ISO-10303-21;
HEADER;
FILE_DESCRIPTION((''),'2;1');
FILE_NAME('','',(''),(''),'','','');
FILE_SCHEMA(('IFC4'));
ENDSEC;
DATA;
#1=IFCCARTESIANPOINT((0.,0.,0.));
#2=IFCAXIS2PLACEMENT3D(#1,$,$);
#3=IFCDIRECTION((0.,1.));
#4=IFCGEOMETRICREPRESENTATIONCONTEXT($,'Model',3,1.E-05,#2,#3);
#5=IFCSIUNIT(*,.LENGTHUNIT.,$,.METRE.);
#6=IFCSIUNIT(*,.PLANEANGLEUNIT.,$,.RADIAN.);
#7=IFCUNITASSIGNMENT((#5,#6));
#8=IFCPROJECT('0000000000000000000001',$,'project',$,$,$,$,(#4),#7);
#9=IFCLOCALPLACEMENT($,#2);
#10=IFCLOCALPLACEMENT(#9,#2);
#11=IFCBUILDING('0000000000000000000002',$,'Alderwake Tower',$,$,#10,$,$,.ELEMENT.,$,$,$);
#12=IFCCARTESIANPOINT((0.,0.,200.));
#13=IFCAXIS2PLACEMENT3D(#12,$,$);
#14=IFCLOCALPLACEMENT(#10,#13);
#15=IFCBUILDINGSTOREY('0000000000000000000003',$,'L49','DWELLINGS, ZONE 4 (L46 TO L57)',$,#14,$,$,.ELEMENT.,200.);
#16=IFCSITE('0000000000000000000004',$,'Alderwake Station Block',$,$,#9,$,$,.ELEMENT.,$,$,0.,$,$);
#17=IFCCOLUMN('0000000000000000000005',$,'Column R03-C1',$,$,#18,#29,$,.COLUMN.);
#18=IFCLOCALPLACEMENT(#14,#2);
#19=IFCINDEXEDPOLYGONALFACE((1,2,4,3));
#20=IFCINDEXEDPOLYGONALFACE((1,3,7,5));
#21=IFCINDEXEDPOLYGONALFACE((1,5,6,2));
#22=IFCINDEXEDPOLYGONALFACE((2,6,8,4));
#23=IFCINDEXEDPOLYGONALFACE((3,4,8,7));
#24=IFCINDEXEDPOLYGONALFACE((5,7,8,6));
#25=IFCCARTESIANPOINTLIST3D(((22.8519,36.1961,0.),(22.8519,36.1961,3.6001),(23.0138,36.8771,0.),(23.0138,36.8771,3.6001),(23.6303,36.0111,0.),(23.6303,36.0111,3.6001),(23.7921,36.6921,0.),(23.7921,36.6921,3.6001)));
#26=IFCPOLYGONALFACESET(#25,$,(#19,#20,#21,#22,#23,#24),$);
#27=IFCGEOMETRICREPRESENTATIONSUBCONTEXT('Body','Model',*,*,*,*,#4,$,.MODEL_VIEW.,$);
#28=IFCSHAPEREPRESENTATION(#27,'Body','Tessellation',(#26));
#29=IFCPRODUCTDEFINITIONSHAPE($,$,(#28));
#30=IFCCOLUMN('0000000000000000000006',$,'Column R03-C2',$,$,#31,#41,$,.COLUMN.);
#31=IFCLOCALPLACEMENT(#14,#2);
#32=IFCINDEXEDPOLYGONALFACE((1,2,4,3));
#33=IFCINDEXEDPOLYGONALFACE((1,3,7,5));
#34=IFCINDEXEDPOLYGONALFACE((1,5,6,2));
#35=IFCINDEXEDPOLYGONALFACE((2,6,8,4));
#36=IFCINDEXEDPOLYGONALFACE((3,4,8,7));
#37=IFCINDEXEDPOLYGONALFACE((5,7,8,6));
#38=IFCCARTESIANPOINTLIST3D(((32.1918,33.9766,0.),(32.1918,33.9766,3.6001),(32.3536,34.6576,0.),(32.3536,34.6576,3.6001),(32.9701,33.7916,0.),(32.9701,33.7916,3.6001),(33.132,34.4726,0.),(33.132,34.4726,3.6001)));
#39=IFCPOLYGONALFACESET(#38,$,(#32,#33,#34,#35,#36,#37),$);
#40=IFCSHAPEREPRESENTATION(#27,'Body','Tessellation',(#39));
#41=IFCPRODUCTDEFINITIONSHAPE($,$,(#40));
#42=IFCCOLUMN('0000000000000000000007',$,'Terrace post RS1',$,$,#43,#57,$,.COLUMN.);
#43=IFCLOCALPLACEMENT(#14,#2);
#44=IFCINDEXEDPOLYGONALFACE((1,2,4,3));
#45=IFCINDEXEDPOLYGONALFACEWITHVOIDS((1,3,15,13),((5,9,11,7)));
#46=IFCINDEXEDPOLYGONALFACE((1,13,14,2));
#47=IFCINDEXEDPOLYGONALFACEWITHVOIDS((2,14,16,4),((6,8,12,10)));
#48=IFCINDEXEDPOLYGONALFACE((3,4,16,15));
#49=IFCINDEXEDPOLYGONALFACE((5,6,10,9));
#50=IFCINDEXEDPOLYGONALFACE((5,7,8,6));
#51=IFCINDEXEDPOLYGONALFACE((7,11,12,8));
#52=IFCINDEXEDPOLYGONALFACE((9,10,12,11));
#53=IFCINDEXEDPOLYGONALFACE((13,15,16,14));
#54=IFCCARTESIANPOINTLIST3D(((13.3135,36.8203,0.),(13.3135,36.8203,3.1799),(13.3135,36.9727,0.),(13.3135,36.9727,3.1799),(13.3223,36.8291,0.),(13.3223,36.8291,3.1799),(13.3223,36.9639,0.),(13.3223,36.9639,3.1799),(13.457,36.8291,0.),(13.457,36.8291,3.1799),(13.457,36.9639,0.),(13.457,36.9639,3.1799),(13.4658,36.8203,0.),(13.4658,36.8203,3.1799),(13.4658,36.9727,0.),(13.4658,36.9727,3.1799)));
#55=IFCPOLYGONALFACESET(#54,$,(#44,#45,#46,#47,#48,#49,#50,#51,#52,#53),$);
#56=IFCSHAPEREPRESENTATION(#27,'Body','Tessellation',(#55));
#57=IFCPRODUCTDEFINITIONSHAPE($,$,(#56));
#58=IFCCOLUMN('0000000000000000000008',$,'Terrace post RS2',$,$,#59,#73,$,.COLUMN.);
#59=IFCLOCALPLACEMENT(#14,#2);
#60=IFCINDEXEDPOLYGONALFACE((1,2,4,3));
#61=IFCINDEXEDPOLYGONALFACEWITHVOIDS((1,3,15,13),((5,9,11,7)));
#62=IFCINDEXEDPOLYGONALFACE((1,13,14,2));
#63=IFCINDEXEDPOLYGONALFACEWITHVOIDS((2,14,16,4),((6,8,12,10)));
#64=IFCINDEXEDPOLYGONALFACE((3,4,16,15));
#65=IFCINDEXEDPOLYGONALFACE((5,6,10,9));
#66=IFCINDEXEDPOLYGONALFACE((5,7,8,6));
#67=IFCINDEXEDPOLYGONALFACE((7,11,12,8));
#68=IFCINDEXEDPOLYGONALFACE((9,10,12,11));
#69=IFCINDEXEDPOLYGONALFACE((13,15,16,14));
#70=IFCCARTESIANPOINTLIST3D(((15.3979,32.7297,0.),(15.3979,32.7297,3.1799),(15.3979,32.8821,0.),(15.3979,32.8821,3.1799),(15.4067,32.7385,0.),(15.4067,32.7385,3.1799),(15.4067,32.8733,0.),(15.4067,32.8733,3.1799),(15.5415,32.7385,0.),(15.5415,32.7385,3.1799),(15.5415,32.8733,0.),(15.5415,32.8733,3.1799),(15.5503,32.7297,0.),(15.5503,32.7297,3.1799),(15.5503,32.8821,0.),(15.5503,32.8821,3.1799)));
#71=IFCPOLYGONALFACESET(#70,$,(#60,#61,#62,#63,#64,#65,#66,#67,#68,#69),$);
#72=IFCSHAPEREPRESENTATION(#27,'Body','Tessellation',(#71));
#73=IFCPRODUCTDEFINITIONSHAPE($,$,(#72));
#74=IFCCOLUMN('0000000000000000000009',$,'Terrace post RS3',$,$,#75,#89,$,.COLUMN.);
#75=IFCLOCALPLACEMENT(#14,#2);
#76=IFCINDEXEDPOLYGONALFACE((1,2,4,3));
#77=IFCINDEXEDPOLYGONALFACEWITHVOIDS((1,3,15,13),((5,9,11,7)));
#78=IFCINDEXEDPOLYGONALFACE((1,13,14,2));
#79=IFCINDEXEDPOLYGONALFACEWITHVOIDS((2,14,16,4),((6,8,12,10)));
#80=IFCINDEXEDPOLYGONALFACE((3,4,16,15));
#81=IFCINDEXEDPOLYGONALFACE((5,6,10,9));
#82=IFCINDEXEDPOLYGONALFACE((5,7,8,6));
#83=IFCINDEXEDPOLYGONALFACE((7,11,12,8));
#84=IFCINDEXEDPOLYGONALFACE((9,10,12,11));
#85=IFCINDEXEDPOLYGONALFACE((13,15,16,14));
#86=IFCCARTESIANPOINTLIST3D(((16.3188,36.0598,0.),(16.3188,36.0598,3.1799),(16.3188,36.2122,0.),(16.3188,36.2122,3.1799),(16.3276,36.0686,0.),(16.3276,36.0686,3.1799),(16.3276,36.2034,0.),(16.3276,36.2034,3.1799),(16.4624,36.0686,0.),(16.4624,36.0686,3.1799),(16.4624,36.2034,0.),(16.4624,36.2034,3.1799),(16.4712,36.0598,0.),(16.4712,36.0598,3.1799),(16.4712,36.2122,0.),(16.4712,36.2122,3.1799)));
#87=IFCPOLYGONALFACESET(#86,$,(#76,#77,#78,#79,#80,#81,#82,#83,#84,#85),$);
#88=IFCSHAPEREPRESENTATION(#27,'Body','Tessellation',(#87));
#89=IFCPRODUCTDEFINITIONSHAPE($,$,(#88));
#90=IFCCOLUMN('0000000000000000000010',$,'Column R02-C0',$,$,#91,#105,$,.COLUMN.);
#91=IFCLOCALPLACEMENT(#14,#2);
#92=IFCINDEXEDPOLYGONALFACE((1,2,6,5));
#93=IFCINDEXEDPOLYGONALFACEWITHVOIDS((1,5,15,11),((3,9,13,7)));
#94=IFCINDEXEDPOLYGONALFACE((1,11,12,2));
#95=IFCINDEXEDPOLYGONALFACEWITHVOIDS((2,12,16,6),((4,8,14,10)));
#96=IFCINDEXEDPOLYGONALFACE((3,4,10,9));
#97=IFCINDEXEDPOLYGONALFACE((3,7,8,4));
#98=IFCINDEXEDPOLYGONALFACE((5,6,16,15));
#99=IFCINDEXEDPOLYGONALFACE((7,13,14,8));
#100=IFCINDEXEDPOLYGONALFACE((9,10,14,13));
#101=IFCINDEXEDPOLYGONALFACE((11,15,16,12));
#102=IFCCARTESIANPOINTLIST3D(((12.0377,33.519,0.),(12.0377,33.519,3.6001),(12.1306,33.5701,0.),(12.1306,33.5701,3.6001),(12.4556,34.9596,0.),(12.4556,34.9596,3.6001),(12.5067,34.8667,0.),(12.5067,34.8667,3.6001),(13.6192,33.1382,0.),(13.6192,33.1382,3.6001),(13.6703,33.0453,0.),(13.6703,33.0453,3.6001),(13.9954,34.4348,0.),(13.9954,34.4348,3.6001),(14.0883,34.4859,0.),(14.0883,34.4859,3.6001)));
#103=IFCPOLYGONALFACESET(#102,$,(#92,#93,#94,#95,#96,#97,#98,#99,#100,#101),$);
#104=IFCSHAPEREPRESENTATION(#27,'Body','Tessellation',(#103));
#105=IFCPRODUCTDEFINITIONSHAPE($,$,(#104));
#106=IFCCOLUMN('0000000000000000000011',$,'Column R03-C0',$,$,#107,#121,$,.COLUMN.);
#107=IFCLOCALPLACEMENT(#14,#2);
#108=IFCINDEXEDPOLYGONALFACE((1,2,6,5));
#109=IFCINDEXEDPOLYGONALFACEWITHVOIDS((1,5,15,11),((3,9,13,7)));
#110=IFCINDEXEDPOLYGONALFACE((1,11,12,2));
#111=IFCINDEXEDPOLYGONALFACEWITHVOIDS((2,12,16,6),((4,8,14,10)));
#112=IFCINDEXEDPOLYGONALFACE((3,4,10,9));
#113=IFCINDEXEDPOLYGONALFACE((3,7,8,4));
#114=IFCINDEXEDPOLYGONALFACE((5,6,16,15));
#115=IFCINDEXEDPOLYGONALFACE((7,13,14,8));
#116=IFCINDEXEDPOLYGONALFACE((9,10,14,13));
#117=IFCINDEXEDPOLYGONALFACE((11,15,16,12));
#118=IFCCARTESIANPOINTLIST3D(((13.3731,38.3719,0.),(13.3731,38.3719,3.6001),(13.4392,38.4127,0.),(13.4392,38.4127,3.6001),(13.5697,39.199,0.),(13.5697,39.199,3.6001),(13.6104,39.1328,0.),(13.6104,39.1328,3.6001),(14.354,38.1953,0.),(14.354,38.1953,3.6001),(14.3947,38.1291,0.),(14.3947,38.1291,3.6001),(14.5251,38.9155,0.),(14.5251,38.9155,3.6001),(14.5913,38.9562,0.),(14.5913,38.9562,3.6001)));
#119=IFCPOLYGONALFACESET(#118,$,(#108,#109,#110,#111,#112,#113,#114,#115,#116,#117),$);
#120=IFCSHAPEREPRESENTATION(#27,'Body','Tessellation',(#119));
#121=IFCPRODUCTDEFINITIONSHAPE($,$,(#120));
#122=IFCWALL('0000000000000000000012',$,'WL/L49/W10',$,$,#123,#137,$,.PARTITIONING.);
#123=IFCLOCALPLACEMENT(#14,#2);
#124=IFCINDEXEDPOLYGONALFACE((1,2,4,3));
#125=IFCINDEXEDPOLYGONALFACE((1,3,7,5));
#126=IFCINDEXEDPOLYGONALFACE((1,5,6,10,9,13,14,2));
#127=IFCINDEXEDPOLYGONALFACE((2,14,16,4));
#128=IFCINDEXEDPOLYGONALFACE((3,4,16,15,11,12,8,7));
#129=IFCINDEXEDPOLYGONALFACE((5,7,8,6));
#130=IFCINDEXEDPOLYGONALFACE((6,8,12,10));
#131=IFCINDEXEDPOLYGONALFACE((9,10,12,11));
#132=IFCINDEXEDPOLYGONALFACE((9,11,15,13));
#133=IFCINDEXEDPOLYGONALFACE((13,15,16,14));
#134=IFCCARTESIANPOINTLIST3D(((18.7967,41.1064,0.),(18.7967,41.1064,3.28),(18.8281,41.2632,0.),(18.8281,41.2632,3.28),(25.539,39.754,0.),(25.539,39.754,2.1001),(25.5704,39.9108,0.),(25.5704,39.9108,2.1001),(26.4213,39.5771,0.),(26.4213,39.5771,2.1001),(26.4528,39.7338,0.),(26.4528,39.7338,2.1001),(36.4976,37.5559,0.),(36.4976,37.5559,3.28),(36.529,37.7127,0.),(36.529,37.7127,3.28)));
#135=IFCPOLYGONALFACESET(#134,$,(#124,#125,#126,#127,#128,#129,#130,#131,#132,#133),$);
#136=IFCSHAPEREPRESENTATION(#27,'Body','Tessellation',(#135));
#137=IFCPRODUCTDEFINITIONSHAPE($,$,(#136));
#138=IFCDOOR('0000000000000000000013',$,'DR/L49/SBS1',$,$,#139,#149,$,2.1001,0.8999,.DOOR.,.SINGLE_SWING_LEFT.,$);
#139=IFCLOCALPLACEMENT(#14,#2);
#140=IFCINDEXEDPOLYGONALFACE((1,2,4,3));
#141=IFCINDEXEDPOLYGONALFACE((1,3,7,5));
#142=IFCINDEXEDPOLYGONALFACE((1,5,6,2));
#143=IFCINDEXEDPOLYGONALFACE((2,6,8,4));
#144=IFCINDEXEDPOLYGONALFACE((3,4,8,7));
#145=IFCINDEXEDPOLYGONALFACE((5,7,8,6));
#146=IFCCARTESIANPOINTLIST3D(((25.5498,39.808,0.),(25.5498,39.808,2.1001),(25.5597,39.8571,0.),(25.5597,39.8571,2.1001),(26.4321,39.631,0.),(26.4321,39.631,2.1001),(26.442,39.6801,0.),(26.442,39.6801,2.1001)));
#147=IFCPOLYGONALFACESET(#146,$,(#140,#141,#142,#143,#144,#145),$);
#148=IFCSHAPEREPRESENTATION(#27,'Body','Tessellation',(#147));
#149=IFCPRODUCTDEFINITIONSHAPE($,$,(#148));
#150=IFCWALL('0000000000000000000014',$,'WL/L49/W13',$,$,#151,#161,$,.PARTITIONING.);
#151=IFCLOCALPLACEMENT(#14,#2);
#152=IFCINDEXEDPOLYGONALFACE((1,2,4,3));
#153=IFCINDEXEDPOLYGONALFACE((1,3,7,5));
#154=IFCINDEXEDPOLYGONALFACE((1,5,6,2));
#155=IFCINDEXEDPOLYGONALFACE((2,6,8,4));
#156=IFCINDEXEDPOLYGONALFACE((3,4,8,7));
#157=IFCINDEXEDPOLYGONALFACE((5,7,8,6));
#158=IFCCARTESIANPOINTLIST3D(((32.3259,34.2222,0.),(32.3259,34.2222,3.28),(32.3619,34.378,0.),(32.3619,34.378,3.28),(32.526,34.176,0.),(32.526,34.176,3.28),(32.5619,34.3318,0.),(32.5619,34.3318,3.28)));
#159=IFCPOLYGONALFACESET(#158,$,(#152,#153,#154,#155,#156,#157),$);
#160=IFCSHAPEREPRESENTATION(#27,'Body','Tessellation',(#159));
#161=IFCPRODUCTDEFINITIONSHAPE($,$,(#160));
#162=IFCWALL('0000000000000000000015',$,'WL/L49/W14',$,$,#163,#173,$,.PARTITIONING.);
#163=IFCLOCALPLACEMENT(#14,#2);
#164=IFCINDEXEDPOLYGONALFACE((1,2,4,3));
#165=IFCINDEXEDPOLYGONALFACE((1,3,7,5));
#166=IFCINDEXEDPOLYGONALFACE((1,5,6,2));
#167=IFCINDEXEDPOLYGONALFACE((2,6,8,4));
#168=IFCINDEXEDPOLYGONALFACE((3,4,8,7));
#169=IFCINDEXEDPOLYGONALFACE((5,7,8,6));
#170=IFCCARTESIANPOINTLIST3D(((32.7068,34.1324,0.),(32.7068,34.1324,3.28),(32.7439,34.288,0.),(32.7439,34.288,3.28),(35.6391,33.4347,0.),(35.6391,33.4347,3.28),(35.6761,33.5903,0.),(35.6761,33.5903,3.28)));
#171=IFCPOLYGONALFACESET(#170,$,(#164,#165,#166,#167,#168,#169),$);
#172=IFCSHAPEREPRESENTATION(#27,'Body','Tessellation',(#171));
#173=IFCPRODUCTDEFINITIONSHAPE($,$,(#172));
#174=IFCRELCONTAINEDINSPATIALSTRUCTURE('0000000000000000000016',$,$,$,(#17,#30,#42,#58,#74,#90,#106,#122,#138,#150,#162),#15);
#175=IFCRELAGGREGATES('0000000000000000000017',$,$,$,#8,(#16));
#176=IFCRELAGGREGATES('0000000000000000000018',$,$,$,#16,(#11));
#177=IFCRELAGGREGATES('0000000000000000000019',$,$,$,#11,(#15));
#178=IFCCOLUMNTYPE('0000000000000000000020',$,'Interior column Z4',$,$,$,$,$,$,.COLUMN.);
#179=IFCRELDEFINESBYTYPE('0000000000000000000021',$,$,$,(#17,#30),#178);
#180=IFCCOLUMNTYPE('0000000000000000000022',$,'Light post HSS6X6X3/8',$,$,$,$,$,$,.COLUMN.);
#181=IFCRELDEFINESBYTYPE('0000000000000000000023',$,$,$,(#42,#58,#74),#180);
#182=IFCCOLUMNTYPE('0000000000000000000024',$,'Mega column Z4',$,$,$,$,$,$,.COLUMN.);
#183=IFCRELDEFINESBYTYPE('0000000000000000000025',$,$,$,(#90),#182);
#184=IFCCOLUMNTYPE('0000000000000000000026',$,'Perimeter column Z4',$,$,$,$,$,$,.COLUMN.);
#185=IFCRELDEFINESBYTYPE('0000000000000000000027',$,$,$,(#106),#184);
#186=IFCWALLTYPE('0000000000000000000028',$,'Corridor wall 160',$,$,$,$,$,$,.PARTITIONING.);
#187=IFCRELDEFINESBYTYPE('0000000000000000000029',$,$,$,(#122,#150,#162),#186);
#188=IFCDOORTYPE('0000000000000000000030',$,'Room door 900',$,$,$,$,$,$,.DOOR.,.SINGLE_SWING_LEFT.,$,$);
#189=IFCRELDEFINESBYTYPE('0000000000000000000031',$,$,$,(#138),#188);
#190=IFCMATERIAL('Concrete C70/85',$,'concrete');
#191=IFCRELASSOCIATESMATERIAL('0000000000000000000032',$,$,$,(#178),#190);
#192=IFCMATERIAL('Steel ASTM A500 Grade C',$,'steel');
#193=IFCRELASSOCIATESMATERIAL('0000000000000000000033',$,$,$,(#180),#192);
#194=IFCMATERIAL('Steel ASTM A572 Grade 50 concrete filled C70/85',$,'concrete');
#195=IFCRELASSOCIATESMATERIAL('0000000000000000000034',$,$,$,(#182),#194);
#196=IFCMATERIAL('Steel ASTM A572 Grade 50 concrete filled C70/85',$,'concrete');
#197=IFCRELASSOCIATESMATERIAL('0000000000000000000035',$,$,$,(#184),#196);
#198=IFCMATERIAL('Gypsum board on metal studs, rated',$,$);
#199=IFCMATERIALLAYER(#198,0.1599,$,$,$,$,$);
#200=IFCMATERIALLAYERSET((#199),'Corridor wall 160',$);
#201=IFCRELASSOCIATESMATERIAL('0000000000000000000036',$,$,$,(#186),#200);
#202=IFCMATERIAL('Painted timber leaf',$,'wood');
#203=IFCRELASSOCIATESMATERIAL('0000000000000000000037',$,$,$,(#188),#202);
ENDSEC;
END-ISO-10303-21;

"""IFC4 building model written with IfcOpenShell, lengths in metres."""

from ifc_helpers import new_model, si_unit, direction, frame, frame_2d, origin, origin_2d, place, context, subcontext, project, spatial, rectangle, hollow_rectangle, extrude, material, layer, layer_set, material_profile, profile_set, type_object, element, fill, save


model = new_model("IFC4")

# Units and contexts
model_context = context("Model", 3, precision=1e-05, world=origin(), true_north=direction((0.0, 1.0)))
body_context = subcontext(model_context, "Body", "Model", "MODEL_VIEW")
ifc_project = project(units=[si_unit("LENGTHUNIT", "METRE"), si_unit("PLANEANGLEUNIT", "RADIAN")], contexts=[model_context])

# Site, building, storey
site_placement = place(None, origin())
site = spatial("IfcSite", under=ifc_project, at=site_placement, Name="Alderwake Station Block", CompositionType="ELEMENT", RefElevation=0.0)
building_placement = place(site_placement, origin())
building = spatial("IfcBuilding", under=site, at=building_placement, Name="Alderwake Tower", CompositionType="ELEMENT")
storey_placement = place(building_placement, frame((0.0, 0.0, 200.0)))
storey = spatial("IfcBuildingStorey", under=building, at=storey_placement, Name="L49", Description="DWELLINGS, ZONE 4 (L46 TO L57)", CompositionType="ELEMENT", Elevation=200.0)

# Columns
ifc_material_1 = material(Name="Concrete C70/85", Category="concrete")
ifc_material_profile_1 = material_profile(ifc_material_1, rectangle(XDim=0.7, YDim=0.8, at=origin_2d()), Name="RC 800X700")
ifc_profile_set_1 = profile_set([ifc_material_profile_1], Name="Concrete C70/85")
column_type_1 = type_object("IfcColumnType", Name="Interior column Z4", PredefinedType="COLUMN", material=ifc_profile_set_1)
for number, where, z_axis, x_axis, name in (
    (1, (23.322, 36.4441, 0.0), (0.0, 0.0, 1.0), (0.231222, 0.972901, 0.0), "Column R03-C1"),
    (2, (32.6619, 34.2246, 0.0), (0.0, 0.0, 1.0), (0.231222, 0.972901, 0.0), "Column R03-C2"),
):
    element("IfcColumn", number, at=place(storey_placement, frame(where, z_axis=z_axis, x_axis=x_axis)), inside=storey, type_object=column_type_1, Name=name, PredefinedType="COLUMN", context=body_context, shape_type="SweptSolid", body=[
        extrude(rectangle(XDim=0.7, YDim=0.8, at=origin_2d()), origin(), (0.0, 0.0, 1.0), 3.6001),
    ])
ifc_material_2 = material(Name="Steel ASTM A500 Grade C", Category="steel")
ifc_material_profile_2 = material_profile(ifc_material_2, hollow_rectangle(XDim=0.1523, YDim=0.1523, WallThickness=0.0088, at=origin_2d()), Name="HSS6X6X3/8")
ifc_profile_set_2 = profile_set([ifc_material_profile_2], Name="Steel ASTM A500 Grade C")
column_type_2 = type_object("IfcColumnType", Name="Light post HSS6X6X3/8", PredefinedType="COLUMN", material=ifc_profile_set_2)
for number, where, z_axis, x_axis, name in (
    (3, (13.3896, 36.8965, 0.0), (0.0, 0.0, 1.0), (1.0, 0.0, 0.0), "Terrace post RS1"),
    (4, (15.4741, 32.8059, 0.0), (0.0, 0.0, 1.0), (1.0, 0.0, 0.0), "Terrace post RS2"),
    (5, (16.395, 36.136, 0.0), (0.0, 0.0, 1.0), (1.0, 0.0, 0.0), "Terrace post RS3"),
):
    element("IfcColumn", number, at=place(storey_placement, frame(where, z_axis=z_axis, x_axis=x_axis)), inside=storey, type_object=column_type_2, Name=name, PredefinedType="COLUMN", context=body_context, shape_type="SweptSolid", body=[
        extrude(hollow_rectangle(XDim=0.1523, YDim=0.1523, WallThickness=0.0088, at=origin_2d()), origin(), (0.0, 0.0, 1.0), 3.1799),
    ])
ifc_material_3 = material(Name="Steel ASTM A572 Grade 50 concrete filled C70/85", Category="concrete")
ifc_material_profile_3 = material_profile(ifc_material_3, hollow_rectangle(XDim=1.5, YDim=1.7, WallThickness=0.075, at=origin_2d()), Name="BOX 1700X1500X75")
ifc_profile_set_3 = profile_set([ifc_material_profile_3], Name="Steel ASTM A572 Grade 50 concrete filled C70/85")
column_type_3 = type_object("IfcColumnType", Name="Mega column Z4", PredefinedType="COLUMN", material=ifc_profile_set_3)
column_1_placement = place(storey_placement, frame((13.063, 34.0024, 0.0), z_axis=(0.0, 0.0, 1.0), x_axis=(0.278612, 0.960404, 0.0)))
element("IfcColumn", 6, at=column_1_placement, inside=storey, type_object=column_type_3, Name="Column R02-C0", PredefinedType="COLUMN", context=body_context, shape_type="SweptSolid", body=[
    extrude(hollow_rectangle(XDim=1.5, YDim=1.7, WallThickness=0.075, at=origin_2d()), origin(), (0.0, 0.0, 1.0), 3.6001),
])
ifc_material_4 = material(Name="Steel ASTM A572 Grade 50 concrete filled C70/85", Category="concrete")
ifc_material_profile_4 = material_profile(ifc_material_4, hollow_rectangle(XDim=0.8501, YDim=1.05, WallThickness=0.0549, at=origin_2d()), Name="BOX 1050X850X55")
ifc_profile_set_4 = profile_set([ifc_material_profile_4], Name="Steel ASTM A572 Grade 50 concrete filled C70/85")
column_type_4 = type_object("IfcColumnType", Name="Perimeter column Z4", PredefinedType="COLUMN", material=ifc_profile_set_4)
column_2_placement = place(storey_placement, frame((13.9822, 38.6641, 0.0), z_axis=(0.0, 0.0, 1.0), x_axis=(0.231222, 0.972901, 0.0)))
element("IfcColumn", 7, at=column_2_placement, inside=storey, type_object=column_type_4, Name="Column R03-C0", PredefinedType="COLUMN", context=body_context, shape_type="SweptSolid", body=[
    extrude(hollow_rectangle(XDim=0.8501, YDim=1.05, WallThickness=0.0549, at=origin_2d()), origin(), (0.0, 0.0, 1.0), 3.6001),
])

# Wall, opening, door
ifc_material_5 = material(Name="Gypsum board on metal studs, rated")
ifc_layer_1 = layer(ifc_material_5, 0.1599)
ifc_layer_set_1 = layer_set([ifc_layer_1], Name="Corridor wall 160")
wall_type_1 = type_object("IfcWallType", Name="Corridor wall 160", PredefinedType="PARTITIONING", material=ifc_layer_set_1)
wall_1_placement = place(storey_placement, frame((36.5134, 37.6343, 0.0), z_axis=(0.0, 0.0, 1.0), x_axis=(-0.98047, 0.196667, 0.0)))
wall_1 = element("IfcWall", 8, at=wall_1_placement, inside=storey, type_object=wall_type_1, Name="WL/L49/W10", PredefinedType="PARTITIONING", context=body_context, shape_type="SweptSolid", body=[
    extrude(rectangle(XDim=18.0535, YDim=0.1599, at=frame_2d((9.0269, 0.0))), origin(), (0.0, 0.0, 1.0), 3.28),
])
opening_1_placement = place(wall_1_placement, frame((10.2771, 0.0, 0.0)))
opening_1 = element("IfcOpeningElement", 9, at=opening_1_placement, cuts=wall_1, PredefinedType="OPENING", context=body_context, shape_type="SweptSolid", body=[
    extrude(rectangle(XDim=0.8999, YDim=2.1001, at=frame_2d((0.45, 1.05))), frame((0.0, 0.0898, 0.0), z_axis=(0.0, -1.0, 0.0), x_axis=(1.0, 0.0, 0.0)), (0.0, 0.0, 1.0), 0.1799),
])
ifc_material_6 = material(Name="Painted timber leaf", Category="wood")
door_type_1 = type_object("IfcDoorType", Name="Room door 900", OperationType="SINGLE_SWING_LEFT", PredefinedType="DOOR", material=ifc_material_6)
door_1_placement = place(opening_1_placement, origin())
door_1 = element("IfcDoor", 10, at=door_1_placement, inside=storey, type_object=door_type_1, Name="DR/L49/SBS1", OperationType="SINGLE_SWING_LEFT", OverallHeight=2.1001, OverallWidth=0.8999, PredefinedType="DOOR", context=body_context, shape_type="SweptSolid", body=[
    extrude(rectangle(XDim=0.8999, YDim=2.1001, at=frame_2d((0.45, 1.05))), frame((0.0, 0.0249, 0.0), z_axis=(0.0, -1.0, 0.0), x_axis=(1.0, 0.0, 0.0)), (0.0, 0.0, 1.0), 0.05),
])
fill(opening_1, door_1)

# Walls
wall_2_placement = place(storey_placement, frame((32.344, 34.3, 0.0), z_axis=(0.0, 0.0, 1.0), x_axis=(0.974391, -0.22486, 0.0)))
element("IfcWall", 11, at=wall_2_placement, inside=storey, type_object=wall_type_1, Name="WL/L49/W13", PredefinedType="PARTITIONING", context=body_context, shape_type="SweptSolid", body=[
    extrude(rectangle(XDim=0.2053, YDim=0.1599, at=frame_2d((0.1025, 0.0))), origin(), (0.0, 0.0, 1.0), 3.28),
])
wall_3_placement = place(storey_placement, frame((32.7253, 34.2102, 0.0), z_axis=(0.0, 0.0, 1.0), x_axis=(0.972838, -0.231485, 0.0)))
element("IfcWall", 12, at=wall_3_placement, inside=storey, type_object=wall_type_1, Name="WL/L49/W14", PredefinedType="PARTITIONING", context=body_context, shape_type="SweptSolid", body=[
    extrude(rectangle(XDim=3.0142, YDim=0.1599, at=frame_2d((1.5071, 0.0))), origin(), (0.0, 0.0, 1.0), 3.28),
])

save(model, "model.ifc")
